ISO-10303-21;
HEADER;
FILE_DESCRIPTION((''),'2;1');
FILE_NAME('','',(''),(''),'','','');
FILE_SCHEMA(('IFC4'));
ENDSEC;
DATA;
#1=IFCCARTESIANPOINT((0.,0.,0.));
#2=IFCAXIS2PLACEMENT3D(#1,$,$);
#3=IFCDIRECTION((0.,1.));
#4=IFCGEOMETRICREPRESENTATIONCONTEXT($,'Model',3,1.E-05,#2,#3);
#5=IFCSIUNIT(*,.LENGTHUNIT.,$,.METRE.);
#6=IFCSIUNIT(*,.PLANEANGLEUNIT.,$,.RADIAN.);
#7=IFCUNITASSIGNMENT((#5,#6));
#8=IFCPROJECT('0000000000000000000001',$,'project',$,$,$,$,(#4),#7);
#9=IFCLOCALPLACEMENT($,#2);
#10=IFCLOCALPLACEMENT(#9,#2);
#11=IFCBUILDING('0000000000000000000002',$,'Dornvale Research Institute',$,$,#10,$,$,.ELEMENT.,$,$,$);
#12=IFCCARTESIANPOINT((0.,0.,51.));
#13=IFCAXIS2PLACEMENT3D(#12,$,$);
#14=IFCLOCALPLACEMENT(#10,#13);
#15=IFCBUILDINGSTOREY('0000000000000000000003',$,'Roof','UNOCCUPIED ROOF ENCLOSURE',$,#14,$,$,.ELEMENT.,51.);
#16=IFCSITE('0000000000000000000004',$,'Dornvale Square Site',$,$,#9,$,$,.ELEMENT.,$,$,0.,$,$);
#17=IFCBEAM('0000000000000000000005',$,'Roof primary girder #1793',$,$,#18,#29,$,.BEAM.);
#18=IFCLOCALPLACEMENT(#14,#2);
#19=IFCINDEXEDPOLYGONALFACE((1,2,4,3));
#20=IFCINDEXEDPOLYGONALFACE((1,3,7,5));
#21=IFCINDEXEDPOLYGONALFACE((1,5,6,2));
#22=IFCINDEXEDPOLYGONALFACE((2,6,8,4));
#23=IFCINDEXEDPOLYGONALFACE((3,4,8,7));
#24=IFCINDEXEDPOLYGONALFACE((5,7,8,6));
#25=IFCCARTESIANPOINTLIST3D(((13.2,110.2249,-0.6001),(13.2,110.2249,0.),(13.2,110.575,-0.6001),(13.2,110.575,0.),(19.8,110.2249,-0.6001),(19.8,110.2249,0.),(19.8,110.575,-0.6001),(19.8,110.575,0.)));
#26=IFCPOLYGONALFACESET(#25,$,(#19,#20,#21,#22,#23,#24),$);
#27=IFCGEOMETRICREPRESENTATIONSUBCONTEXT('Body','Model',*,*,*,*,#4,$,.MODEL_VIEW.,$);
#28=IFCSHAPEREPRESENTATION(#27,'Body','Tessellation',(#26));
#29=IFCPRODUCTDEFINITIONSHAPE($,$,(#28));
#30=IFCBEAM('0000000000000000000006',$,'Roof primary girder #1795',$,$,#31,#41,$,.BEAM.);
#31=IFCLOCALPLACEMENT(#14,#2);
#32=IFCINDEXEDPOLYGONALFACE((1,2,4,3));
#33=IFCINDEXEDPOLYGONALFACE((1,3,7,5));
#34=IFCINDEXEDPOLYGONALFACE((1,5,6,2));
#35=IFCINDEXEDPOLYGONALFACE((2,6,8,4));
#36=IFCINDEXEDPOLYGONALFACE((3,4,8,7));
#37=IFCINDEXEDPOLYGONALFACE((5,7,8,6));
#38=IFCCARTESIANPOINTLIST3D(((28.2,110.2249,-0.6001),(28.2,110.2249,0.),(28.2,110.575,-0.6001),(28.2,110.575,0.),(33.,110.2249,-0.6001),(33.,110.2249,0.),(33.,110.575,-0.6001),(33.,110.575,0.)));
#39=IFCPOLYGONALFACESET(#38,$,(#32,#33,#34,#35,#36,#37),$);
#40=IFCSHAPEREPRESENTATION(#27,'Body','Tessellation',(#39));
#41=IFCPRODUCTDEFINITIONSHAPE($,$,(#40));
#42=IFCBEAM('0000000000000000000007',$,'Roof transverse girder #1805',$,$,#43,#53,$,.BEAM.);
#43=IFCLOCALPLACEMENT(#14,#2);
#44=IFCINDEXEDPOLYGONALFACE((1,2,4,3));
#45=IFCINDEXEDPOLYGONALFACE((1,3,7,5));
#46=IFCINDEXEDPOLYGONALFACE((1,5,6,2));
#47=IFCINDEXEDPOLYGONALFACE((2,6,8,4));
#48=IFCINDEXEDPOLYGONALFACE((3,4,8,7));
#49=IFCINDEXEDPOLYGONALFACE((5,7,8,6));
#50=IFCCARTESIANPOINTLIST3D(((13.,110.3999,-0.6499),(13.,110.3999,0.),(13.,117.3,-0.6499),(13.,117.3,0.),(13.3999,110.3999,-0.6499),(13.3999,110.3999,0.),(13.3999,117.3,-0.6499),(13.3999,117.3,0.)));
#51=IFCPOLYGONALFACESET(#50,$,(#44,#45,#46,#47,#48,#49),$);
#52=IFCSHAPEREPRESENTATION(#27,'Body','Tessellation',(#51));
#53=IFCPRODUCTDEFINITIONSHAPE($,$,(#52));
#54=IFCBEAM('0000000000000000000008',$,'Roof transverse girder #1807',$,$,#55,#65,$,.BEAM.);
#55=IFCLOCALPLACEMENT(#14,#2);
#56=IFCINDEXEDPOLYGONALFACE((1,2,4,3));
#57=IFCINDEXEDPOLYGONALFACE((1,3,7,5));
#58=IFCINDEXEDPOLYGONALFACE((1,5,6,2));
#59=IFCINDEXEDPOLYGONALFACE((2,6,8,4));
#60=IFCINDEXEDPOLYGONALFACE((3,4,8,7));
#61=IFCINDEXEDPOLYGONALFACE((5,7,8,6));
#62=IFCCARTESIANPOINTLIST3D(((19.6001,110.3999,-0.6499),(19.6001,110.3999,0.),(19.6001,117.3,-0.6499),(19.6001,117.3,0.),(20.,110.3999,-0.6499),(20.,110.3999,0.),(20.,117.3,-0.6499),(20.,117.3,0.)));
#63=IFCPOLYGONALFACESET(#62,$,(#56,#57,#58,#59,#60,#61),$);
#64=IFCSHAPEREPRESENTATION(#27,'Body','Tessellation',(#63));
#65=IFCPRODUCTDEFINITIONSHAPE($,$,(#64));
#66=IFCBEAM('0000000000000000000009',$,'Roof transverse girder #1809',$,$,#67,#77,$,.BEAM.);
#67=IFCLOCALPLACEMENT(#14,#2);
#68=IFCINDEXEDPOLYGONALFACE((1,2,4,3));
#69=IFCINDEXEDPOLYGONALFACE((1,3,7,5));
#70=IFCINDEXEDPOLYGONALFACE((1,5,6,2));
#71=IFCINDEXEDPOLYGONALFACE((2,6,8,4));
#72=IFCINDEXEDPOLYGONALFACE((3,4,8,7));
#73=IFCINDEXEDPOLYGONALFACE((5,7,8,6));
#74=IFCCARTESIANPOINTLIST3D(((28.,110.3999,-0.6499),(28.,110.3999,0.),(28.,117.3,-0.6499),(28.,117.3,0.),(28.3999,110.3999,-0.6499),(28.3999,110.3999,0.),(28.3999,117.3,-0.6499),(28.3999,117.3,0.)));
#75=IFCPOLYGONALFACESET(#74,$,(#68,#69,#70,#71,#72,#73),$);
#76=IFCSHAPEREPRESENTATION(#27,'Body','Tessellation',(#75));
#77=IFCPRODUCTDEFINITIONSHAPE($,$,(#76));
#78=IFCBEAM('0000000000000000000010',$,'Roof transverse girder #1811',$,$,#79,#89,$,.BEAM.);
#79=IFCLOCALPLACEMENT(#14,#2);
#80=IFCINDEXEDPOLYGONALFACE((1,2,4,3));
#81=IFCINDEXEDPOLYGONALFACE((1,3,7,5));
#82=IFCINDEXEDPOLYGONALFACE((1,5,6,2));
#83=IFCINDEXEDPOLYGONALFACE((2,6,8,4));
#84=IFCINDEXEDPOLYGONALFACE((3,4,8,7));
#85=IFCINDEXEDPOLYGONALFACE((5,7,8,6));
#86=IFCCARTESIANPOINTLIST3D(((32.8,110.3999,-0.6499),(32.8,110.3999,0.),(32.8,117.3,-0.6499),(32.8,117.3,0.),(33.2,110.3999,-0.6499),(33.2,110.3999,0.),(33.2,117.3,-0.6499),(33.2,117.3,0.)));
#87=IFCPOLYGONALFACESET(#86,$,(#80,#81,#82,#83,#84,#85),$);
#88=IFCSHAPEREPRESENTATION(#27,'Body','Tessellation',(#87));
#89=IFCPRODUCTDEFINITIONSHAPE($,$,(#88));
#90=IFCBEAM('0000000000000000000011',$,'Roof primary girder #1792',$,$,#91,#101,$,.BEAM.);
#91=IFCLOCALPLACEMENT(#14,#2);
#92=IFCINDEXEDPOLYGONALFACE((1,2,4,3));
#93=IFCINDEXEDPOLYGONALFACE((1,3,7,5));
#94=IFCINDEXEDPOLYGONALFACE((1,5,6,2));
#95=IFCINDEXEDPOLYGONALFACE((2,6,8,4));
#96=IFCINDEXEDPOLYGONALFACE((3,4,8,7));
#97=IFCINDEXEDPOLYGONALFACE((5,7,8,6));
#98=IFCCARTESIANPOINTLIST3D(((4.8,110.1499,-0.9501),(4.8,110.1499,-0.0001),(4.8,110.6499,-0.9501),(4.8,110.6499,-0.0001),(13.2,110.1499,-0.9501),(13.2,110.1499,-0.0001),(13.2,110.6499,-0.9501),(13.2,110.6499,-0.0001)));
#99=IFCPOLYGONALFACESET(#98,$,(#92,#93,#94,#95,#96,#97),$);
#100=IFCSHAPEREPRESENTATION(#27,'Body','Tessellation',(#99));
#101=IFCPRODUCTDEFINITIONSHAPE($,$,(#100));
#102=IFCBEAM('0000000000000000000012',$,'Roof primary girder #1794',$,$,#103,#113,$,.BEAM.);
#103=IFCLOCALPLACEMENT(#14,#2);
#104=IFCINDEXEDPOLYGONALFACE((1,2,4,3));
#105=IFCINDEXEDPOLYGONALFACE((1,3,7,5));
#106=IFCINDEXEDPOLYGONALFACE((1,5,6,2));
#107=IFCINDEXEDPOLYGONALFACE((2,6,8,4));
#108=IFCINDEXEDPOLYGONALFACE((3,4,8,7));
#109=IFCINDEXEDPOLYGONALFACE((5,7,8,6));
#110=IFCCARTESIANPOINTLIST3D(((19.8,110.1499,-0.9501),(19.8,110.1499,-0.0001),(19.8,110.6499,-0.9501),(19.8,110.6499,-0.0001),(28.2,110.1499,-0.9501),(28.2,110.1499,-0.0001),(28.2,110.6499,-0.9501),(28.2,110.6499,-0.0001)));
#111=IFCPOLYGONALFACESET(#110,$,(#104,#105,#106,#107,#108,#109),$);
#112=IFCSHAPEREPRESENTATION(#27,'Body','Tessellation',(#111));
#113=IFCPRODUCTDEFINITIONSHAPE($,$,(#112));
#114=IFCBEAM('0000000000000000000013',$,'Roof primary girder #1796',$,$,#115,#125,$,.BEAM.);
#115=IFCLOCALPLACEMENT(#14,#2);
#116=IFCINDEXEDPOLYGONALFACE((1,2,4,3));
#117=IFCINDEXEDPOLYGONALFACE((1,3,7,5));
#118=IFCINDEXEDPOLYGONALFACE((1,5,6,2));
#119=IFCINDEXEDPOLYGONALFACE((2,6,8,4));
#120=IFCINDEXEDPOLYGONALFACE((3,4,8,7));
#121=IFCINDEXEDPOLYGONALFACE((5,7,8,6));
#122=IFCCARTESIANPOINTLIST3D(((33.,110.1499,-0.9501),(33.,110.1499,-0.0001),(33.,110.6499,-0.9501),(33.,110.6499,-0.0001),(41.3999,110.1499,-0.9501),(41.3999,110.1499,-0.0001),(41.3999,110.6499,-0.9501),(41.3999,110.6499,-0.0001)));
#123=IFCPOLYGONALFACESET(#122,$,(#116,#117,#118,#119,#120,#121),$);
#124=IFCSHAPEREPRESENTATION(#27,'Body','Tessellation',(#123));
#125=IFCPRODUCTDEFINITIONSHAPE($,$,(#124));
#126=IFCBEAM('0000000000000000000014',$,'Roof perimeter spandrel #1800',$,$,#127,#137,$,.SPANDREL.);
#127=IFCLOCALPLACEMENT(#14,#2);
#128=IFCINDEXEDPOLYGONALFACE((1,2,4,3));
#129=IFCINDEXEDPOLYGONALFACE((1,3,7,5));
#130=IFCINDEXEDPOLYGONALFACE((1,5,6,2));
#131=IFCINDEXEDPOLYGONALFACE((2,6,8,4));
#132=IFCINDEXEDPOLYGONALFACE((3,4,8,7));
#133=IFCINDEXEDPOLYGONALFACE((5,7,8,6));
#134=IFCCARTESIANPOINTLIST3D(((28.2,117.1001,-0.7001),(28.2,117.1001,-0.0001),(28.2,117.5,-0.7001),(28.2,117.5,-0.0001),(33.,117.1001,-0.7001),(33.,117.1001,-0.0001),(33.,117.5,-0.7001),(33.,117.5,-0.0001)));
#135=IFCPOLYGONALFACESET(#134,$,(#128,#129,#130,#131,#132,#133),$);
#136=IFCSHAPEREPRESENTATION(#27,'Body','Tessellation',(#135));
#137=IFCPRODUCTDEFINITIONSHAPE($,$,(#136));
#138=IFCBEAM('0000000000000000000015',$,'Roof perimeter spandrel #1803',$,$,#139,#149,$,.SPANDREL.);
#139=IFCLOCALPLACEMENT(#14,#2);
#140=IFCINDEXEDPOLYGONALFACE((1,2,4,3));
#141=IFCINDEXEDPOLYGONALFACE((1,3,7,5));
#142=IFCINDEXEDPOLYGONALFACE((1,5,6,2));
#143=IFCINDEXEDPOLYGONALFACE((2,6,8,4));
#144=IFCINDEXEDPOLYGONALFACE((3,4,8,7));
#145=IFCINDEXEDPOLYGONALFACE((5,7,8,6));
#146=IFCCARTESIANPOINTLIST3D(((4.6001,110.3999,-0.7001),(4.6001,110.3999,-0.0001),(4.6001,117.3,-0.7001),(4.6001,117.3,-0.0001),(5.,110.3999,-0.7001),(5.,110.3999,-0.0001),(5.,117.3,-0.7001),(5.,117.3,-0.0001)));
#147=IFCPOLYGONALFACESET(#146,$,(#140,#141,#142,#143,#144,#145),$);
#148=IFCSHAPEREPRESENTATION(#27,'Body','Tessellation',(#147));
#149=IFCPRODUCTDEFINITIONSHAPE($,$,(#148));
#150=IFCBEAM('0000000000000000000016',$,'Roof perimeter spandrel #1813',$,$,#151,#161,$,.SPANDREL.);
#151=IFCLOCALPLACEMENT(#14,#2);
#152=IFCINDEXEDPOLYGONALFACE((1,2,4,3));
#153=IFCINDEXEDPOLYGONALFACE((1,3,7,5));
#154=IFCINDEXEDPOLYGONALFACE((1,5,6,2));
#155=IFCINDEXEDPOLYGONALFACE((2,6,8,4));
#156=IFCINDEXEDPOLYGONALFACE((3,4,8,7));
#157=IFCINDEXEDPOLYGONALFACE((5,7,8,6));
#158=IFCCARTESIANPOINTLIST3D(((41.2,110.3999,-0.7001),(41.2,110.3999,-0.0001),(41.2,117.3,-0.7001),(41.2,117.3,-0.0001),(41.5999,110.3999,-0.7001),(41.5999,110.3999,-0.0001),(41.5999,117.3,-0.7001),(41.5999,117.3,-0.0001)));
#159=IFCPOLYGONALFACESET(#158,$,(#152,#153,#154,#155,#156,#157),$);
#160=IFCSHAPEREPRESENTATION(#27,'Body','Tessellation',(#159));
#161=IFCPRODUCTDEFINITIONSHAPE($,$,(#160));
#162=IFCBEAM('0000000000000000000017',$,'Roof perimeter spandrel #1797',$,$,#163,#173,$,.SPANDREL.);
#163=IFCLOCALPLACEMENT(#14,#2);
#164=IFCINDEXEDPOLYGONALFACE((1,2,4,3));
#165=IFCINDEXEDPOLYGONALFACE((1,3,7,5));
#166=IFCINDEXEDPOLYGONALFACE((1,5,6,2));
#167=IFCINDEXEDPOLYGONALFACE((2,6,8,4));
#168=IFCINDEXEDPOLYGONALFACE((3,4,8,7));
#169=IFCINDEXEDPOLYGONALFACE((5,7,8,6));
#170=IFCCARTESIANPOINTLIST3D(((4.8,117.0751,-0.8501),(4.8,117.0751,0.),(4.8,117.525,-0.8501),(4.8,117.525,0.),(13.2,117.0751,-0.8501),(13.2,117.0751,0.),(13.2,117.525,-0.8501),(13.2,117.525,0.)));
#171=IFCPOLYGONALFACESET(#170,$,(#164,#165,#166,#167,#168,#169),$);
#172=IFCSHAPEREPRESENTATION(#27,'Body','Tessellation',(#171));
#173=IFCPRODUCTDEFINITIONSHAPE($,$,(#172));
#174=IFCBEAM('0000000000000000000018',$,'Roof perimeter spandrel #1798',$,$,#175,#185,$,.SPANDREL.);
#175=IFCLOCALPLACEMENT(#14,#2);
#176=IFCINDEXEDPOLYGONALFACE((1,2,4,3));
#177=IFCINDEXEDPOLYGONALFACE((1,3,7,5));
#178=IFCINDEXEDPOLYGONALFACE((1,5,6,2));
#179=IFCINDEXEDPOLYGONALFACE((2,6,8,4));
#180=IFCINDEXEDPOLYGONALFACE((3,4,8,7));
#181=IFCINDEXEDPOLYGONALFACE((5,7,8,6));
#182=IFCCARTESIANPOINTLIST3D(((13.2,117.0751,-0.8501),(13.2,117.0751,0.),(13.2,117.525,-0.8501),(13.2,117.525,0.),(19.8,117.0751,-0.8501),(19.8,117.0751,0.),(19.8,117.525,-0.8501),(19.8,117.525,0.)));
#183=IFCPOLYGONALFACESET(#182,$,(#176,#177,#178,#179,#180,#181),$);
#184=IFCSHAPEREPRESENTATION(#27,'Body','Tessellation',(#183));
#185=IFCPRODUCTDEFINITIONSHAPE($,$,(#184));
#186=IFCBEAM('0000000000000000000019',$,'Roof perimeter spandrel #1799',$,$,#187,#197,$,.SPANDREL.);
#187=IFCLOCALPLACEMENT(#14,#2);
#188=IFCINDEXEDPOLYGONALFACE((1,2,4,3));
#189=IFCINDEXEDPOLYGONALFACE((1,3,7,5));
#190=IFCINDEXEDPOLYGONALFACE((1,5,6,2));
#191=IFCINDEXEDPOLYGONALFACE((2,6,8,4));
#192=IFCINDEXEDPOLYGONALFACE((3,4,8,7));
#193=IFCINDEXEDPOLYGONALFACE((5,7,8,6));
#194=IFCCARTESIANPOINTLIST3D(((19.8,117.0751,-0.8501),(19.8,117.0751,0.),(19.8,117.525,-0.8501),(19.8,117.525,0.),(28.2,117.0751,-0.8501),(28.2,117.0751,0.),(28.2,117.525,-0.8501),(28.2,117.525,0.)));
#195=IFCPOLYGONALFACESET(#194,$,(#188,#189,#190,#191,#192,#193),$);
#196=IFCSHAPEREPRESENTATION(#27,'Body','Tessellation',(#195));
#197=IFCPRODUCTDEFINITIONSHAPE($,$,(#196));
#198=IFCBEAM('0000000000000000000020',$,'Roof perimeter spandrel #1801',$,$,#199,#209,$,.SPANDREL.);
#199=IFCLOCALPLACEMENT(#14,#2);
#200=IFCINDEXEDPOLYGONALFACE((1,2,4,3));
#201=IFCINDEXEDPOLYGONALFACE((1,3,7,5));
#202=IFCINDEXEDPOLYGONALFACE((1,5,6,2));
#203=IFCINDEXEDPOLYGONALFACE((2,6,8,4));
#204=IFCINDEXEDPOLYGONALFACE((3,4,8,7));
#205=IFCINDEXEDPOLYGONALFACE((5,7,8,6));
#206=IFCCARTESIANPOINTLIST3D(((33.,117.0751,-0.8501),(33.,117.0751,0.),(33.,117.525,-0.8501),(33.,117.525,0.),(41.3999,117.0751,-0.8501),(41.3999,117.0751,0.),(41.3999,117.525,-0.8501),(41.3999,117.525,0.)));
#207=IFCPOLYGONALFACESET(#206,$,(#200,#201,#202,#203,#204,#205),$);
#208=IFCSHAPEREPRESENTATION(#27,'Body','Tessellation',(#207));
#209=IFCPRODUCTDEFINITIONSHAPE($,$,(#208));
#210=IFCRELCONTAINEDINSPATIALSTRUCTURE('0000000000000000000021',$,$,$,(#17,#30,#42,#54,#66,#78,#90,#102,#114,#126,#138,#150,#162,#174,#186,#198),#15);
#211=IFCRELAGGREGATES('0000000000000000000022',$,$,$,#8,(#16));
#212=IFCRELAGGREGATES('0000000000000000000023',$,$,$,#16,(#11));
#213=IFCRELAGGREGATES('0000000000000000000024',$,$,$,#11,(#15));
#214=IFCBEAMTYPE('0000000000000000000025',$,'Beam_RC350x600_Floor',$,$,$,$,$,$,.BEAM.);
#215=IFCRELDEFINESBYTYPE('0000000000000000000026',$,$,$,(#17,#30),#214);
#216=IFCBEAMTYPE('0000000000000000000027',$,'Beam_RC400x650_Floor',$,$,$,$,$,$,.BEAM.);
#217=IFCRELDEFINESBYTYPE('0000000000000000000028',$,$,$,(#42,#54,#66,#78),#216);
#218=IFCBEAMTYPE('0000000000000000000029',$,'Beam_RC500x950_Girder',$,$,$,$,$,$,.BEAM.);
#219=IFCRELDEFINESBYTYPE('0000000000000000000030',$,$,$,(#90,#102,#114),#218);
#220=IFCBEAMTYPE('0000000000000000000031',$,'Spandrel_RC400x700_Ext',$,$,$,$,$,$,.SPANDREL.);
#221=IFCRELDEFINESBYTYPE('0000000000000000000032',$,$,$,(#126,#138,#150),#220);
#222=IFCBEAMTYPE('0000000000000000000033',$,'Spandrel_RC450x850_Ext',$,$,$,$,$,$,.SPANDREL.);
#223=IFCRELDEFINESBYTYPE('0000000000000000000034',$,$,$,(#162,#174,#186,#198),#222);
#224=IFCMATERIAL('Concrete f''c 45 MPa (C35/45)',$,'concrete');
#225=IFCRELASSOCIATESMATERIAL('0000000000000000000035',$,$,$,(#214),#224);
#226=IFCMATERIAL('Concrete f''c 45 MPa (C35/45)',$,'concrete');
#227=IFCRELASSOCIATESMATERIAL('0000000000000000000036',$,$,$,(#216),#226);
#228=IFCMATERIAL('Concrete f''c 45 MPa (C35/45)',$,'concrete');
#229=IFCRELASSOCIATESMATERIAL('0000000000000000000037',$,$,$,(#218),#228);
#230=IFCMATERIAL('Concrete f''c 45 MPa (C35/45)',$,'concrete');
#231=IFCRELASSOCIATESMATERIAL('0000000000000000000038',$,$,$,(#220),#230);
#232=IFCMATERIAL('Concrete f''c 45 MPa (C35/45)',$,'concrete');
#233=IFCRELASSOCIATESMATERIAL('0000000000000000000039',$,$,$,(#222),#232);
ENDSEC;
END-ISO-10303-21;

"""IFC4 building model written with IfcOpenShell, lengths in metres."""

from ifc_helpers import new_model, si_unit, direction, frame, origin, origin_2d, place, context, subcontext, project, spatial, rectangle, extrude, material, material_profile, profile_set, type_object, element, save


model = new_model("IFC4")

# Units and contexts
model_context = context("Model", 3, precision=1e-05, world=origin(), true_north=direction((0.0, 1.0)))
body_context = subcontext(model_context, "Body", "Model", "MODEL_VIEW")
ifc_project = project(units=[si_unit("LENGTHUNIT", "METRE"), si_unit("PLANEANGLEUNIT", "RADIAN")], contexts=[model_context])

# Site, building, storey
site_placement = place(None, origin())
site = spatial("IfcSite", under=ifc_project, at=site_placement, Name="Dornvale Square Site", CompositionType="ELEMENT", RefElevation=0.0)
building_placement = place(site_placement, origin())
building = spatial("IfcBuilding", under=site, at=building_placement, Name="Dornvale Research Institute", CompositionType="ELEMENT")
storey_placement = place(building_placement, frame((0.0, 0.0, 51.0)))
storey = spatial("IfcBuildingStorey", under=building, at=storey_placement, Name="Roof", Description="UNOCCUPIED ROOF ENCLOSURE", CompositionType="ELEMENT", Elevation=51.0)

# Beams
ifc_material_1 = material(Name="Concrete f'c 45 MPa (C35/45)", Category="concrete")
ifc_material_profile_1 = material_profile(ifc_material_1, rectangle(XDim=0.3501, YDim=0.6001, at=origin_2d()), Name="RC 350x600")
ifc_profile_set_1 = profile_set([ifc_material_profile_1], Name="Concrete f'c 45 MPa (C35/45)")
beam_type_1 = type_object("IfcBeamType", Name="Beam_RC350x600_Floor", PredefinedType="BEAM", material=ifc_profile_set_1)
beam_1_placement = place(storey_placement, frame((13.2, 110.3999, -0.3), z_axis=(1.0, 0.0, 0.0), x_axis=(0.0, 1.0, 0.0)))
element("IfcBeam", 1, at=beam_1_placement, inside=storey, type_object=beam_type_1, Name="Roof primary girder #1793", PredefinedType="BEAM", context=body_context, shape_type="SweptSolid", body=[
    extrude(rectangle(XDim=0.3501, YDim=0.6001, at=origin_2d()), origin(), (0.0, 0.0, 1.0), 6.6001),
])
beam_2_placement = place(storey_placement, frame((28.2, 110.3999, -0.3), z_axis=(1.0, 0.0, 0.0), x_axis=(0.0, 1.0, 0.0)))
element("IfcBeam", 2, at=beam_2_placement, inside=storey, type_object=beam_type_1, Name="Roof primary girder #1795", PredefinedType="BEAM", context=body_context, shape_type="SweptSolid", body=[
    extrude(rectangle(XDim=0.3501, YDim=0.6001, at=origin_2d()), origin(), (0.0, 0.0, 1.0), 4.8),
])
ifc_material_2 = material(Name="Concrete f'c 45 MPa (C35/45)", Category="concrete")
ifc_material_profile_2 = material_profile(ifc_material_2, rectangle(XDim=0.3999, YDim=0.6499, at=origin_2d()), Name="RC 400x650")
ifc_profile_set_2 = profile_set([ifc_material_profile_2], Name="Concrete f'c 45 MPa (C35/45)")
beam_type_2 = type_object("IfcBeamType", Name="Beam_RC400x650_Floor", PredefinedType="BEAM", material=ifc_profile_set_2)
for number, where, z_axis, x_axis, name in (
    (3, (13.2, 110.3999, -0.325), (0.0, 1.0, 0.0), (-1.0, 0.0, 0.0), "Roof transverse girder #1805"),
    (4, (19.8, 110.3999, -0.325), (0.0, 1.0, 0.0), (-1.0, 0.0, 0.0), "Roof transverse girder #1807"),
    (5, (28.2, 110.3999, -0.325), (0.0, 1.0, 0.0), (-1.0, 0.0, 0.0), "Roof transverse girder #1809"),
    (6, (33.0, 110.3999, -0.325), (0.0, 1.0, 0.0), (-1.0, 0.0, 0.0), "Roof transverse girder #1811"),
):
    element("IfcBeam", number, at=place(storey_placement, frame(where, z_axis=z_axis, x_axis=x_axis)), inside=storey, type_object=beam_type_2, Name=name, PredefinedType="BEAM", context=body_context, shape_type="SweptSolid", body=[
        extrude(rectangle(XDim=0.3999, YDim=0.6499, at=origin_2d()), origin(), (0.0, 0.0, 1.0), 6.9001),
    ])
ifc_material_3 = material(Name="Concrete f'c 45 MPa (C35/45)", Category="concrete")
ifc_material_profile_3 = material_profile(ifc_material_3, rectangle(XDim=0.5, YDim=0.95, at=origin_2d()), Name="RC 500x950")
ifc_profile_set_3 = profile_set([ifc_material_profile_3], Name="Concrete f'c 45 MPa (C35/45)")
beam_type_3 = type_object("IfcBeamType", Name="Beam_RC500x950_Girder", PredefinedType="BEAM", material=ifc_profile_set_3)
for number, where, z_axis, x_axis, name in (
    (7, (4.8, 110.3999, -0.4751), (1.0, 0.0, 0.0), (0.0, 1.0, 0.0), "Roof primary girder #1792"),
    (8, (19.8, 110.3999, -0.4751), (1.0, 0.0, 0.0), (0.0, 1.0, 0.0), "Roof primary girder #1794"),
    (9, (33.0, 110.3999, -0.4751), (1.0, 0.0, 0.0), (0.0, 1.0, 0.0), "Roof primary girder #1796"),
):
    element("IfcBeam", number, at=place(storey_placement, frame(where, z_axis=z_axis, x_axis=x_axis)), inside=storey, type_object=beam_type_3, Name=name, PredefinedType="BEAM", context=body_context, shape_type="SweptSolid", body=[
        extrude(rectangle(XDim=0.5, YDim=0.95, at=origin_2d()), origin(), (0.0, 0.0, 1.0), 8.3999),
    ])
ifc_material_4 = material(Name="Concrete f'c 45 MPa (C35/45)", Category="concrete")
ifc_material_profile_4 = material_profile(ifc_material_4, rectangle(XDim=0.3999, YDim=0.7, at=origin_2d()), Name="RC 400x700")
ifc_profile_set_4 = profile_set([ifc_material_profile_4], Name="Concrete f'c 45 MPa (C35/45)")
beam_type_4 = type_object("IfcBeamType", Name="Spandrel_RC400x700_Ext", PredefinedType="SPANDREL", material=ifc_profile_set_4)
beam_3_placement = place(storey_placement, frame((28.2, 117.3, -0.3501), z_axis=(1.0, 0.0, 0.0), x_axis=(0.0, 1.0, 0.0)))
element("IfcBeam", 10, at=beam_3_placement, inside=storey, type_object=beam_type_4, Name="Roof perimeter spandrel #1800", PredefinedType="SPANDREL", context=body_context, shape_type="SweptSolid", body=[
    extrude(rectangle(XDim=0.3999, YDim=0.7, at=origin_2d()), origin(), (0.0, 0.0, 1.0), 4.8),
])
for number, where, z_axis, x_axis, name in (
    (11, (4.8, 110.3999, -0.3501), (0.0, 1.0, 0.0), (-1.0, 0.0, 0.0), "Roof perimeter spandrel #1803"),
    (12, (41.3999, 110.3999, -0.3501), (0.0, 1.0, 0.0), (-1.0, 0.0, 0.0), "Roof perimeter spandrel #1813"),
):
    element("IfcBeam", number, at=place(storey_placement, frame(where, z_axis=z_axis, x_axis=x_axis)), inside=storey, type_object=beam_type_4, Name=name, PredefinedType="SPANDREL", context=body_context, shape_type="SweptSolid", body=[
        extrude(rectangle(XDim=0.3999, YDim=0.7, at=origin_2d()), origin(), (0.0, 0.0, 1.0), 6.9001),
    ])
ifc_material_5 = material(Name="Concrete f'c 45 MPa (C35/45)", Category="concrete")
ifc_material_profile_5 = material_profile(ifc_material_5, rectangle(XDim=0.45, YDim=0.8501, at=origin_2d()), Name="RC 450x850")
ifc_profile_set_5 = profile_set([ifc_material_profile_5], Name="Concrete f'c 45 MPa (C35/45)")
beam_type_5 = type_object("IfcBeamType", Name="Spandrel_RC450x850_Ext", PredefinedType="SPANDREL", material=ifc_profile_set_5)
beam_4_placement = place(storey_placement, frame((4.8, 117.3, -0.425), z_axis=(1.0, 0.0, 0.0), x_axis=(0.0, 1.0, 0.0)))
element("IfcBeam", 13, at=beam_4_placement, inside=storey, type_object=beam_type_5, Name="Roof perimeter spandrel #1797", PredefinedType="SPANDREL", context=body_context, shape_type="SweptSolid", body=[
    extrude(rectangle(XDim=0.45, YDim=0.8501, at=origin_2d()), origin(), (0.0, 0.0, 1.0), 8.3999),
])
beam_5_placement = place(storey_placement, frame((13.2, 117.3, -0.425), z_axis=(1.0, 0.0, 0.0), x_axis=(0.0, 1.0, 0.0)))
element("IfcBeam", 14, at=beam_5_placement, inside=storey, type_object=beam_type_5, Name="Roof perimeter spandrel #1798", PredefinedType="SPANDREL", context=body_context, shape_type="SweptSolid", body=[
    extrude(rectangle(XDim=0.45, YDim=0.8501, at=origin_2d()), origin(), (0.0, 0.0, 1.0), 6.6001),
])
for number, where, z_axis, x_axis, name in (
    (15, (19.8, 117.3, -0.425), (1.0, 0.0, 0.0), (0.0, 1.0, 0.0), "Roof perimeter spandrel #1799"),
    (16, (33.0, 117.3, -0.425), (1.0, 0.0, 0.0), (0.0, 1.0, 0.0), "Roof perimeter spandrel #1801"),
):
    element("IfcBeam", number, at=place(storey_placement, frame(where, z_axis=z_axis, x_axis=x_axis)), inside=storey, type_object=beam_type_5, Name=name, PredefinedType="SPANDREL", context=body_context, shape_type="SweptSolid", body=[
        extrude(rectangle(XDim=0.45, YDim=0.8501, at=origin_2d()), origin(), (0.0, 0.0, 1.0), 8.3999),
    ])

save(model, "model.ifc")
